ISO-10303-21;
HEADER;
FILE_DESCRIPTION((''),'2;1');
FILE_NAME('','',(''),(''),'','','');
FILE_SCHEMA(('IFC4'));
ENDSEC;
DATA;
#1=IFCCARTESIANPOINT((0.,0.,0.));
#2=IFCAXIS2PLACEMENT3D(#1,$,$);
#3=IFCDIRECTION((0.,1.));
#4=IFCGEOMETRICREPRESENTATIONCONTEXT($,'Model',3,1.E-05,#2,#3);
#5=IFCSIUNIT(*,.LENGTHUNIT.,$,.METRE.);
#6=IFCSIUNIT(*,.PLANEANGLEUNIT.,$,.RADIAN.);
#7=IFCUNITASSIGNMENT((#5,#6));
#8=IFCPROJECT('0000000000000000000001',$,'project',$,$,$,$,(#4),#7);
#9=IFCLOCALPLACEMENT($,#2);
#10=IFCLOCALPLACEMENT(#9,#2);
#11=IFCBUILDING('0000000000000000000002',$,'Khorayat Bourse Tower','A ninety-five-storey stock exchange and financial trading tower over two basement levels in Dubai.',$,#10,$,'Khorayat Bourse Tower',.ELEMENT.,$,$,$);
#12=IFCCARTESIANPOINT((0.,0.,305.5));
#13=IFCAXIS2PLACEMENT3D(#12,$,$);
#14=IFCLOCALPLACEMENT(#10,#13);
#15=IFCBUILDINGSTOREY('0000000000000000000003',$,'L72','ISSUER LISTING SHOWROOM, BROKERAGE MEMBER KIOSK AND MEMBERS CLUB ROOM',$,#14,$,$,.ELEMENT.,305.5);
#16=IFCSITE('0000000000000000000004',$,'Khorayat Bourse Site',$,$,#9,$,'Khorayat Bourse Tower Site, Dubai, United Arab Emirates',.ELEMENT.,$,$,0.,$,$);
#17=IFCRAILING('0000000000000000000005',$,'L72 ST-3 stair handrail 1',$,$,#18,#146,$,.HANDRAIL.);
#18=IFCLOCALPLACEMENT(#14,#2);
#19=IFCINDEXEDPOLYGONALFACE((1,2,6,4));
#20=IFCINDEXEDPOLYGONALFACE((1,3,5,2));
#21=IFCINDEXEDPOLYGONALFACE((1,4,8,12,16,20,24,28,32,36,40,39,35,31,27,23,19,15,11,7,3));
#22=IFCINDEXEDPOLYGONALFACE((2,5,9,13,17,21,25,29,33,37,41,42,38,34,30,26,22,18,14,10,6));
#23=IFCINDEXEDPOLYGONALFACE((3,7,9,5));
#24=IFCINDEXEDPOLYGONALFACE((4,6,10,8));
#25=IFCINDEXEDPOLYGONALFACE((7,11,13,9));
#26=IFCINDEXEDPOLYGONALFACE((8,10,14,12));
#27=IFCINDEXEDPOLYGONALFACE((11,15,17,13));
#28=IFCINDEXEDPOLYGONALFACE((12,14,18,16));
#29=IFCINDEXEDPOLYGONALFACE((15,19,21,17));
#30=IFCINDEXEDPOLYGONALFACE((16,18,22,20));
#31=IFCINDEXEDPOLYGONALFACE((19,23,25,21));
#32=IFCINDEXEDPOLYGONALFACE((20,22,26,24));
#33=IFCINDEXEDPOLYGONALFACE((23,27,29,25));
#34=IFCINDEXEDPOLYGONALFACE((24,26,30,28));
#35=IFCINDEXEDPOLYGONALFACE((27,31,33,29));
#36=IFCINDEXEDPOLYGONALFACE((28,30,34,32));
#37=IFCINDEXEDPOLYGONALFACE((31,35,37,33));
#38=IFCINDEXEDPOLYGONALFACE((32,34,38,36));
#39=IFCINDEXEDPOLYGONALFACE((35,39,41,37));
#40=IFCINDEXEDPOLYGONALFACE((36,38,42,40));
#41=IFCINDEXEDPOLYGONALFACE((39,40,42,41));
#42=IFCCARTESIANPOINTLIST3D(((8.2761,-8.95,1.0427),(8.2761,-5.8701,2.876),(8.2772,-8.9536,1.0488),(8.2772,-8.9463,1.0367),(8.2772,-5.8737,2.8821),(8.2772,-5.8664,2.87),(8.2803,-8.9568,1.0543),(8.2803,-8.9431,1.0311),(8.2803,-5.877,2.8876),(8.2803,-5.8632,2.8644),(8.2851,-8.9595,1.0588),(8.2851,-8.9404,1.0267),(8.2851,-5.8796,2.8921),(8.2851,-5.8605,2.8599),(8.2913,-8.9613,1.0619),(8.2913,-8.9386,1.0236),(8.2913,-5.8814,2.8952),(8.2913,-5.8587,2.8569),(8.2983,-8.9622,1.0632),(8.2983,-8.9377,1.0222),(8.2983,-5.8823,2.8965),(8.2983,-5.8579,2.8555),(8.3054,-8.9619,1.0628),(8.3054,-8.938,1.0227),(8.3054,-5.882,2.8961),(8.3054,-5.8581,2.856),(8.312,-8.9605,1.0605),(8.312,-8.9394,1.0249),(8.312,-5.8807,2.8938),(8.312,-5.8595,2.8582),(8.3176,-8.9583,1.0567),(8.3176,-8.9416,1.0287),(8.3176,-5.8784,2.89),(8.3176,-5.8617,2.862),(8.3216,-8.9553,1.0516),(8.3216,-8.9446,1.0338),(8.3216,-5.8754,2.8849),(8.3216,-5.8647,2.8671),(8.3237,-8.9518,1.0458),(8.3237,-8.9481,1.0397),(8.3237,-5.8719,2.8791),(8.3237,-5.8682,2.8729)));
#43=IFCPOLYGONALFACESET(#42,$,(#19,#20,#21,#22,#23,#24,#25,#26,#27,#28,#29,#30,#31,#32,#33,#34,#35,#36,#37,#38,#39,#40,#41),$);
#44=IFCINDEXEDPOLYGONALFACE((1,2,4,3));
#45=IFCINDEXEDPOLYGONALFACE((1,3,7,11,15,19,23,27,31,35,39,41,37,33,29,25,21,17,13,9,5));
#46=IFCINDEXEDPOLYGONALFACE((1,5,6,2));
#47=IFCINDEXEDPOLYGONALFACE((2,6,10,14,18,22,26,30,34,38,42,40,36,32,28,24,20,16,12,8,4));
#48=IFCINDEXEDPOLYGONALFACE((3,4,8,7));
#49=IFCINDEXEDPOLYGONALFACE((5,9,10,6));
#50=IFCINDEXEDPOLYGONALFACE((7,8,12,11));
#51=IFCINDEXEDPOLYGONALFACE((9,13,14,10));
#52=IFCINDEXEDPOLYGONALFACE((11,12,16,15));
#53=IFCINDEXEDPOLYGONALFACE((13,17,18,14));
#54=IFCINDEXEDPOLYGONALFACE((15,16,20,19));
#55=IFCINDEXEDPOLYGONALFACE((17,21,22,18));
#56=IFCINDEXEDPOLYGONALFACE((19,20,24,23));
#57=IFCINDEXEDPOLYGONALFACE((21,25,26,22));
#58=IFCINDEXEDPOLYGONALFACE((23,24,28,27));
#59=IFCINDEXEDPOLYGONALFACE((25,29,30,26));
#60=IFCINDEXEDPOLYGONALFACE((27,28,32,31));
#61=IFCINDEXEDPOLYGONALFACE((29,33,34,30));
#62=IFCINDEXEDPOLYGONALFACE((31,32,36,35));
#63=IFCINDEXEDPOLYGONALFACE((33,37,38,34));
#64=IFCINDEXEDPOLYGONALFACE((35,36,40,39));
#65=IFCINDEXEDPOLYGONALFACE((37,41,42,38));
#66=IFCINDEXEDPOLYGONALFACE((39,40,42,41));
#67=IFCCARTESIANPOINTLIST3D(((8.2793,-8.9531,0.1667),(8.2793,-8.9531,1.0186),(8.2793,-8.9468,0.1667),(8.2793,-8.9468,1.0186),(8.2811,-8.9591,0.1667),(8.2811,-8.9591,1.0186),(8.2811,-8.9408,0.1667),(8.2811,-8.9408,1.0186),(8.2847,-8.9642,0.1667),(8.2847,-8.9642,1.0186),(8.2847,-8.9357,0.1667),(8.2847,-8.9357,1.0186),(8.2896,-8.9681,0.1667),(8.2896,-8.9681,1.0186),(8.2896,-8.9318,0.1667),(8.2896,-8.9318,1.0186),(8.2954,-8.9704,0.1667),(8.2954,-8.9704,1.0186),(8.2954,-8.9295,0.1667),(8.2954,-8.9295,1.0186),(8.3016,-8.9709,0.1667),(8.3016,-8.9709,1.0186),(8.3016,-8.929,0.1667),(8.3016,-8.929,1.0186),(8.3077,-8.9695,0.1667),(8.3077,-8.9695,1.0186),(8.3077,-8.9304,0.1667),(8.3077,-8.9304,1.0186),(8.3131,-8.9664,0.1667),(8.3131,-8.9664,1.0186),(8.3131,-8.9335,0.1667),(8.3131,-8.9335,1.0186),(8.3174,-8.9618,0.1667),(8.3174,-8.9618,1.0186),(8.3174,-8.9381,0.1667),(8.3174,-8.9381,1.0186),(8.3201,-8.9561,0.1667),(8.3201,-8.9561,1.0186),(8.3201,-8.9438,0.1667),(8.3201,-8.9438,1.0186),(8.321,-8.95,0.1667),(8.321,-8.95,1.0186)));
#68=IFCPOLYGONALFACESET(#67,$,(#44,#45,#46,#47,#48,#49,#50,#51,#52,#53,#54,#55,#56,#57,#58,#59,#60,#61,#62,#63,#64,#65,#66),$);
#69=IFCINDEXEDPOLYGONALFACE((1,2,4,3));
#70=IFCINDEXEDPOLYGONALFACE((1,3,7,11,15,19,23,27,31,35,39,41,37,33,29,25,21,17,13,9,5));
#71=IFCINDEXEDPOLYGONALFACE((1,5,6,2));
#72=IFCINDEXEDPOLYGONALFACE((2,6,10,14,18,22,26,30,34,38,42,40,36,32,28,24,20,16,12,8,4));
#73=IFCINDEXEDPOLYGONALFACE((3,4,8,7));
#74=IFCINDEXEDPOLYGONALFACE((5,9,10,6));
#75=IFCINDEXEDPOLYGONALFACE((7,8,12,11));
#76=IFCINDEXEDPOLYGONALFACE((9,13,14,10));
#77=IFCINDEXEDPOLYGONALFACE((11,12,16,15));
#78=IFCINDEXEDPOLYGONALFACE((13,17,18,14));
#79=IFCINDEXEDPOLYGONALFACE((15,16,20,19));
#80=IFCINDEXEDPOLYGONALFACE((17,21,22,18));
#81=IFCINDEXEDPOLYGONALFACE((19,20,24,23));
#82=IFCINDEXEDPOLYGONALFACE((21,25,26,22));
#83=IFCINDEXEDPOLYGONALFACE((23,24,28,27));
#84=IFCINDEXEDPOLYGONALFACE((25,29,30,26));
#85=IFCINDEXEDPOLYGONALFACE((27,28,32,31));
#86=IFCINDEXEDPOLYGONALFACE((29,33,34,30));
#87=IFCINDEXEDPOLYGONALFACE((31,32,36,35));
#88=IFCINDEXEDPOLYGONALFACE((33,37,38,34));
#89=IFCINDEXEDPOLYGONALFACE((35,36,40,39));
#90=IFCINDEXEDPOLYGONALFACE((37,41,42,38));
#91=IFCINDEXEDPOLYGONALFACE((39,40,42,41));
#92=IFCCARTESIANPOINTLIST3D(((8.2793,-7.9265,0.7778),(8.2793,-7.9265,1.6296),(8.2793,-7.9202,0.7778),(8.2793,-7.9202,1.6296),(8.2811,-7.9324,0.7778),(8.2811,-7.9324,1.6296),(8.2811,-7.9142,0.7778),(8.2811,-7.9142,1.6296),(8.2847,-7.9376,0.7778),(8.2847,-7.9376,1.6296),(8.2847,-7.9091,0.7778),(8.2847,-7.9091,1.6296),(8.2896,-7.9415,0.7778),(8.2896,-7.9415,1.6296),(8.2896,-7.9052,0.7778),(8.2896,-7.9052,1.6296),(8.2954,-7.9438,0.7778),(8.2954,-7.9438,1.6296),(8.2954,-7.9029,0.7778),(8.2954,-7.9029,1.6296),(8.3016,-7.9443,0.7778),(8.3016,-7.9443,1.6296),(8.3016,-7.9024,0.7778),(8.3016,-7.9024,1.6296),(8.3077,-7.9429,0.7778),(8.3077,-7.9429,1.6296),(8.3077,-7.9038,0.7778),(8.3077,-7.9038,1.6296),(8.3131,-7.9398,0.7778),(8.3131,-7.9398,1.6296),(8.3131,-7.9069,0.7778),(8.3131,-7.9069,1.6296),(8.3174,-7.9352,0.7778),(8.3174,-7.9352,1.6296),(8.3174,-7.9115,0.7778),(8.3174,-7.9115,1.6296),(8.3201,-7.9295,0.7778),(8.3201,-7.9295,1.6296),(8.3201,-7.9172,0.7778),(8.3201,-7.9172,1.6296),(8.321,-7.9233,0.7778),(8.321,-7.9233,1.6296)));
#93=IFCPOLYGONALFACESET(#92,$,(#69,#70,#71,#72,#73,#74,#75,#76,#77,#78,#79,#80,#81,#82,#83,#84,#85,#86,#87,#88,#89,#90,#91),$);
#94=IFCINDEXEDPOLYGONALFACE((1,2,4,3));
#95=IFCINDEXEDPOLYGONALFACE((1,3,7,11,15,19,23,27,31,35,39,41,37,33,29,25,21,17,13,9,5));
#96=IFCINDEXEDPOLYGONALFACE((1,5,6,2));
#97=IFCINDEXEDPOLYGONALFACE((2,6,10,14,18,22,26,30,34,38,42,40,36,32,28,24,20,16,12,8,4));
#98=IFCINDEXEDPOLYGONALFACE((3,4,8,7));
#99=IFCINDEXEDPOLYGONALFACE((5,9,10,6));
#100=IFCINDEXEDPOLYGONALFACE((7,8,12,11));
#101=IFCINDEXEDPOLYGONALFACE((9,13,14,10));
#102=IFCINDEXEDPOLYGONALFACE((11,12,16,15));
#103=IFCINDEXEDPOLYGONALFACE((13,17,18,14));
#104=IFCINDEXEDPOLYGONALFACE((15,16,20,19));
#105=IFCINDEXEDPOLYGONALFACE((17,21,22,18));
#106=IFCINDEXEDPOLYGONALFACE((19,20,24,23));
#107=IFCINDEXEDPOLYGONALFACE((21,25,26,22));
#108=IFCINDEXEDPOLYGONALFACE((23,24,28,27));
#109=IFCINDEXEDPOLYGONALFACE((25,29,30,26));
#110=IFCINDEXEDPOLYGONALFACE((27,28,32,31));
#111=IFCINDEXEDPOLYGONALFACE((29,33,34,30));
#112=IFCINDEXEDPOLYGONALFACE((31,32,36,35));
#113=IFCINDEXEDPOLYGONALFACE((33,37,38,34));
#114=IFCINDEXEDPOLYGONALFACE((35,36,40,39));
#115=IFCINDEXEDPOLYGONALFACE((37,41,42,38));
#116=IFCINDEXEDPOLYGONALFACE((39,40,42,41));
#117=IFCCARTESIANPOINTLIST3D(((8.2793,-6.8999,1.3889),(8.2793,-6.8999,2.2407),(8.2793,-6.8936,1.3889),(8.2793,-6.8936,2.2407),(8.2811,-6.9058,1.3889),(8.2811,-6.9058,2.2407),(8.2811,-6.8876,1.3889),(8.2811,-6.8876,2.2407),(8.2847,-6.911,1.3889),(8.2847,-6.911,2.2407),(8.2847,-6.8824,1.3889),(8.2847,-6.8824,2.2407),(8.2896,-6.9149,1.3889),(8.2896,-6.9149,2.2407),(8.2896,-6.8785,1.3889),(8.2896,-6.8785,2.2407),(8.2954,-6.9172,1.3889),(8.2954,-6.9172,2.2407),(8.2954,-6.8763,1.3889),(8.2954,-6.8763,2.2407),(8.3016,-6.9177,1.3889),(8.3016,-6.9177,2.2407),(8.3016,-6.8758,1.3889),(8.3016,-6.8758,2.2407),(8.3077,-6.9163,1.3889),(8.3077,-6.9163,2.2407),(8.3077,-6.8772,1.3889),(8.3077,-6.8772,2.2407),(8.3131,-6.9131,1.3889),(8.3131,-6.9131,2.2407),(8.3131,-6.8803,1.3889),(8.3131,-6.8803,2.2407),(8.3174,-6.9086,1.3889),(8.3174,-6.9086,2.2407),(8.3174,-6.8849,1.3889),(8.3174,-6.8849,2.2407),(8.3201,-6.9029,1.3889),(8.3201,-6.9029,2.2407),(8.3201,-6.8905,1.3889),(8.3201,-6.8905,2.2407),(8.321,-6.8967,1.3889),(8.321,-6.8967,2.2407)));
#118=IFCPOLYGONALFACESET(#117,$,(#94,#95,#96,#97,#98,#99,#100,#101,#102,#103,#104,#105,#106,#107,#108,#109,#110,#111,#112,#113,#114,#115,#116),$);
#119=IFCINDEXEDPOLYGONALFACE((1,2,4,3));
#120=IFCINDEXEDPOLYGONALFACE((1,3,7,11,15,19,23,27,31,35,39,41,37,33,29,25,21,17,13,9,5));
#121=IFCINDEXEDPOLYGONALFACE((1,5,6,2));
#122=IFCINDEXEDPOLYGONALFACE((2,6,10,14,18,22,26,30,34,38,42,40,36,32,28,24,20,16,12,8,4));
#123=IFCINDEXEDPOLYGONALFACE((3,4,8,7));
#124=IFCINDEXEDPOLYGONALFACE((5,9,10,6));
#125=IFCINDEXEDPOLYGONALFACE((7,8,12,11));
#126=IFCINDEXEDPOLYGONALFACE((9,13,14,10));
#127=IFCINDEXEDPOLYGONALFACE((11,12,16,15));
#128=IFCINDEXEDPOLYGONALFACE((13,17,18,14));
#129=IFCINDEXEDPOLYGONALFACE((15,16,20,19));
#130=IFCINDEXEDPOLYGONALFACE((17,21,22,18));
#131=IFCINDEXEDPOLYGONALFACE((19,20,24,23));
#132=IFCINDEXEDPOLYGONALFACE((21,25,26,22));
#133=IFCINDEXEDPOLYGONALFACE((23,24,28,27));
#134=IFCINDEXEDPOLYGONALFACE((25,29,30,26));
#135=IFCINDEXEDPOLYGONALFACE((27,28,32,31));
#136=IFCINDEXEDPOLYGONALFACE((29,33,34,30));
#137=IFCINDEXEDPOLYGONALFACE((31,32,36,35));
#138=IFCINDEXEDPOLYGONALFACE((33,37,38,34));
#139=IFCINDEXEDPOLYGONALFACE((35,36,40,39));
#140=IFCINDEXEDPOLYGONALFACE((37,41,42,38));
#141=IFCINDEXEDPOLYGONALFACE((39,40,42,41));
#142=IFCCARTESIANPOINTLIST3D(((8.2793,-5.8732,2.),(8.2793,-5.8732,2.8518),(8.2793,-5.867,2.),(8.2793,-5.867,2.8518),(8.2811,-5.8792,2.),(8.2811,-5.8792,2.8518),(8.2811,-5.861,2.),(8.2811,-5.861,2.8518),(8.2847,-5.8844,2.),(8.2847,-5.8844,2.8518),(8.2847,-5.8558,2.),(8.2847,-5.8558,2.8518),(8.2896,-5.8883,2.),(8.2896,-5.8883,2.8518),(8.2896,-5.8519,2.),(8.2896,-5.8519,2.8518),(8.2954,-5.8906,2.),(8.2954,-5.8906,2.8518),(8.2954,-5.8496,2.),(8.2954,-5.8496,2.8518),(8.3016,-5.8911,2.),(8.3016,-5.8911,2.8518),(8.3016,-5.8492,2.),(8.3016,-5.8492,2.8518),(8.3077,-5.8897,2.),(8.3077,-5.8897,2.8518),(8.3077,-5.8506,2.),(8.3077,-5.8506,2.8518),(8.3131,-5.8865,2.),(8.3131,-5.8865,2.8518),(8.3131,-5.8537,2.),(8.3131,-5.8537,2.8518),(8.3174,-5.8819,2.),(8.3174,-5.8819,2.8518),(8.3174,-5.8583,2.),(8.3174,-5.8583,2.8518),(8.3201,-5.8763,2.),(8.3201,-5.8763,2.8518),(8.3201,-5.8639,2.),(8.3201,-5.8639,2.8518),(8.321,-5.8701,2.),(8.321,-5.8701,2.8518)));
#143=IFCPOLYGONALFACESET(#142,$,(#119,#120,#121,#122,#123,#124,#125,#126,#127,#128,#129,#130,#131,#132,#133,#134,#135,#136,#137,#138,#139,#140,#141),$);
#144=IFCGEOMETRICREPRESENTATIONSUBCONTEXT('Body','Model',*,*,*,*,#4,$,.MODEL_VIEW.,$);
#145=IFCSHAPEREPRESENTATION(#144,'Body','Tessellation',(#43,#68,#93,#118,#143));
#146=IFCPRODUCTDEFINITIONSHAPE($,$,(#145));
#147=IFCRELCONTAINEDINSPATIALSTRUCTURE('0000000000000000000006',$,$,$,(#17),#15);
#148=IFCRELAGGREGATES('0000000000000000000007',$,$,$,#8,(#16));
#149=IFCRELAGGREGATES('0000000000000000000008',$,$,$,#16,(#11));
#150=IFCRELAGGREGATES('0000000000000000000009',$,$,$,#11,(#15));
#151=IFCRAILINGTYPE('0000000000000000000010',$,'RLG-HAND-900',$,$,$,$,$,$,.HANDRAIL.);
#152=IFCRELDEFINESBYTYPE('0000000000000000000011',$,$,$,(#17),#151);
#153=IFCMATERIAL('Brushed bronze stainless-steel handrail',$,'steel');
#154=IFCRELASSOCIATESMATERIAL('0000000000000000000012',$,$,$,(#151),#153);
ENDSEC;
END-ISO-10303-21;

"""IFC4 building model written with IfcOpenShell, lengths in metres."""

from ifc_helpers import new_model, si_unit, direction, frame, origin, origin_2d, place, context, subcontext, project, spatial, circle, extrude, source, transform, mapped, material, type_object, element, save


model = new_model("IFC4")

# Units and contexts
model_context = context("Model", 3, precision=1e-05, world=origin(), true_north=direction((0.0, 1.0)))
body_context = subcontext(model_context, "Body", "Model", "MODEL_VIEW")
ifc_project = project(units=[si_unit("LENGTHUNIT", "METRE"), si_unit("PLANEANGLEUNIT", "RADIAN")], contexts=[model_context])

# Site, building, storey
site_placement = place(None, origin())
site = spatial("IfcSite", under=ifc_project, at=site_placement, Name="Khorayat Bourse Site", LongName="Khorayat Bourse Tower Site, Dubai, United Arab Emirates", CompositionType="ELEMENT", RefElevation=0.0)
building_placement = place(site_placement, origin())
building = spatial("IfcBuilding", under=site, at=building_placement, Name="Khorayat Bourse Tower", Description="A ninety-five-storey stock exchange and financial trading tower over two basement levels in Dubai.", LongName="Khorayat Bourse Tower", CompositionType="ELEMENT")
storey_placement = place(building_placement, frame((0.0, 0.0, 305.5)))
storey = spatial("IfcBuildingStorey", under=building, at=storey_placement, Name="L72", Description="ISSUER LISTING SHOWROOM, BROKERAGE MEMBER KIOSK AND MEMBERS CLUB ROOM", CompositionType="ELEMENT", Elevation=305.5)

# Railing
ifc_material_1 = material(Name="Brushed bronze stainless-steel handrail", Category="steel")
railing_type_1 = type_object("IfcRailingType", Name="RLG-HAND-900", PredefinedType="HANDRAIL", material=ifc_material_1)
shared_shape_1 = source(origin(), body_context, "Body", "SweptSolid", [
    extrude(circle(Radius=0.0239, at=origin_2d()), frame((0.0, 0.0, 0.876), z_axis=(0.0, 0.859291, 0.511487), x_axis=(-1.0, 0.0, 0.0)), (0.0, 0.0, 1.0), 3.5842),
    extrude(circle(Radius=0.021, at=origin_2d()), origin(), (0.0, 0.0, 1.0), 0.8518),
    extrude(circle(Radius=0.021, at=origin_2d()), frame((0.0, 1.0266, 0.6111)), (0.0, 0.0, 1.0), 0.8518),
    extrude(circle(Radius=0.021, at=origin_2d()), frame((0.0, 2.0532, 1.2222)), (0.0, 0.0, 1.0), 0.8518),
    extrude(circle(Radius=0.021, at=origin_2d()), frame((0.0, 3.0798, 1.8333)), (0.0, 0.0, 1.0), 0.8518),
])
railing_1_placement = place(storey_placement, frame((8.3, -8.95, 0.1667)))
element("IfcRailing", 1, at=railing_1_placement, inside=storey, type_object=railing_type_1, Name="L72 ST-3 stair handrail 1", PredefinedType="HANDRAIL", context=body_context, shape_type="MappedRepresentation", body=[
    mapped(shared_shape_1, transform((0.0, 0.0, 0.0), scale=1.0)),
])

save(model, "model.ifc")
